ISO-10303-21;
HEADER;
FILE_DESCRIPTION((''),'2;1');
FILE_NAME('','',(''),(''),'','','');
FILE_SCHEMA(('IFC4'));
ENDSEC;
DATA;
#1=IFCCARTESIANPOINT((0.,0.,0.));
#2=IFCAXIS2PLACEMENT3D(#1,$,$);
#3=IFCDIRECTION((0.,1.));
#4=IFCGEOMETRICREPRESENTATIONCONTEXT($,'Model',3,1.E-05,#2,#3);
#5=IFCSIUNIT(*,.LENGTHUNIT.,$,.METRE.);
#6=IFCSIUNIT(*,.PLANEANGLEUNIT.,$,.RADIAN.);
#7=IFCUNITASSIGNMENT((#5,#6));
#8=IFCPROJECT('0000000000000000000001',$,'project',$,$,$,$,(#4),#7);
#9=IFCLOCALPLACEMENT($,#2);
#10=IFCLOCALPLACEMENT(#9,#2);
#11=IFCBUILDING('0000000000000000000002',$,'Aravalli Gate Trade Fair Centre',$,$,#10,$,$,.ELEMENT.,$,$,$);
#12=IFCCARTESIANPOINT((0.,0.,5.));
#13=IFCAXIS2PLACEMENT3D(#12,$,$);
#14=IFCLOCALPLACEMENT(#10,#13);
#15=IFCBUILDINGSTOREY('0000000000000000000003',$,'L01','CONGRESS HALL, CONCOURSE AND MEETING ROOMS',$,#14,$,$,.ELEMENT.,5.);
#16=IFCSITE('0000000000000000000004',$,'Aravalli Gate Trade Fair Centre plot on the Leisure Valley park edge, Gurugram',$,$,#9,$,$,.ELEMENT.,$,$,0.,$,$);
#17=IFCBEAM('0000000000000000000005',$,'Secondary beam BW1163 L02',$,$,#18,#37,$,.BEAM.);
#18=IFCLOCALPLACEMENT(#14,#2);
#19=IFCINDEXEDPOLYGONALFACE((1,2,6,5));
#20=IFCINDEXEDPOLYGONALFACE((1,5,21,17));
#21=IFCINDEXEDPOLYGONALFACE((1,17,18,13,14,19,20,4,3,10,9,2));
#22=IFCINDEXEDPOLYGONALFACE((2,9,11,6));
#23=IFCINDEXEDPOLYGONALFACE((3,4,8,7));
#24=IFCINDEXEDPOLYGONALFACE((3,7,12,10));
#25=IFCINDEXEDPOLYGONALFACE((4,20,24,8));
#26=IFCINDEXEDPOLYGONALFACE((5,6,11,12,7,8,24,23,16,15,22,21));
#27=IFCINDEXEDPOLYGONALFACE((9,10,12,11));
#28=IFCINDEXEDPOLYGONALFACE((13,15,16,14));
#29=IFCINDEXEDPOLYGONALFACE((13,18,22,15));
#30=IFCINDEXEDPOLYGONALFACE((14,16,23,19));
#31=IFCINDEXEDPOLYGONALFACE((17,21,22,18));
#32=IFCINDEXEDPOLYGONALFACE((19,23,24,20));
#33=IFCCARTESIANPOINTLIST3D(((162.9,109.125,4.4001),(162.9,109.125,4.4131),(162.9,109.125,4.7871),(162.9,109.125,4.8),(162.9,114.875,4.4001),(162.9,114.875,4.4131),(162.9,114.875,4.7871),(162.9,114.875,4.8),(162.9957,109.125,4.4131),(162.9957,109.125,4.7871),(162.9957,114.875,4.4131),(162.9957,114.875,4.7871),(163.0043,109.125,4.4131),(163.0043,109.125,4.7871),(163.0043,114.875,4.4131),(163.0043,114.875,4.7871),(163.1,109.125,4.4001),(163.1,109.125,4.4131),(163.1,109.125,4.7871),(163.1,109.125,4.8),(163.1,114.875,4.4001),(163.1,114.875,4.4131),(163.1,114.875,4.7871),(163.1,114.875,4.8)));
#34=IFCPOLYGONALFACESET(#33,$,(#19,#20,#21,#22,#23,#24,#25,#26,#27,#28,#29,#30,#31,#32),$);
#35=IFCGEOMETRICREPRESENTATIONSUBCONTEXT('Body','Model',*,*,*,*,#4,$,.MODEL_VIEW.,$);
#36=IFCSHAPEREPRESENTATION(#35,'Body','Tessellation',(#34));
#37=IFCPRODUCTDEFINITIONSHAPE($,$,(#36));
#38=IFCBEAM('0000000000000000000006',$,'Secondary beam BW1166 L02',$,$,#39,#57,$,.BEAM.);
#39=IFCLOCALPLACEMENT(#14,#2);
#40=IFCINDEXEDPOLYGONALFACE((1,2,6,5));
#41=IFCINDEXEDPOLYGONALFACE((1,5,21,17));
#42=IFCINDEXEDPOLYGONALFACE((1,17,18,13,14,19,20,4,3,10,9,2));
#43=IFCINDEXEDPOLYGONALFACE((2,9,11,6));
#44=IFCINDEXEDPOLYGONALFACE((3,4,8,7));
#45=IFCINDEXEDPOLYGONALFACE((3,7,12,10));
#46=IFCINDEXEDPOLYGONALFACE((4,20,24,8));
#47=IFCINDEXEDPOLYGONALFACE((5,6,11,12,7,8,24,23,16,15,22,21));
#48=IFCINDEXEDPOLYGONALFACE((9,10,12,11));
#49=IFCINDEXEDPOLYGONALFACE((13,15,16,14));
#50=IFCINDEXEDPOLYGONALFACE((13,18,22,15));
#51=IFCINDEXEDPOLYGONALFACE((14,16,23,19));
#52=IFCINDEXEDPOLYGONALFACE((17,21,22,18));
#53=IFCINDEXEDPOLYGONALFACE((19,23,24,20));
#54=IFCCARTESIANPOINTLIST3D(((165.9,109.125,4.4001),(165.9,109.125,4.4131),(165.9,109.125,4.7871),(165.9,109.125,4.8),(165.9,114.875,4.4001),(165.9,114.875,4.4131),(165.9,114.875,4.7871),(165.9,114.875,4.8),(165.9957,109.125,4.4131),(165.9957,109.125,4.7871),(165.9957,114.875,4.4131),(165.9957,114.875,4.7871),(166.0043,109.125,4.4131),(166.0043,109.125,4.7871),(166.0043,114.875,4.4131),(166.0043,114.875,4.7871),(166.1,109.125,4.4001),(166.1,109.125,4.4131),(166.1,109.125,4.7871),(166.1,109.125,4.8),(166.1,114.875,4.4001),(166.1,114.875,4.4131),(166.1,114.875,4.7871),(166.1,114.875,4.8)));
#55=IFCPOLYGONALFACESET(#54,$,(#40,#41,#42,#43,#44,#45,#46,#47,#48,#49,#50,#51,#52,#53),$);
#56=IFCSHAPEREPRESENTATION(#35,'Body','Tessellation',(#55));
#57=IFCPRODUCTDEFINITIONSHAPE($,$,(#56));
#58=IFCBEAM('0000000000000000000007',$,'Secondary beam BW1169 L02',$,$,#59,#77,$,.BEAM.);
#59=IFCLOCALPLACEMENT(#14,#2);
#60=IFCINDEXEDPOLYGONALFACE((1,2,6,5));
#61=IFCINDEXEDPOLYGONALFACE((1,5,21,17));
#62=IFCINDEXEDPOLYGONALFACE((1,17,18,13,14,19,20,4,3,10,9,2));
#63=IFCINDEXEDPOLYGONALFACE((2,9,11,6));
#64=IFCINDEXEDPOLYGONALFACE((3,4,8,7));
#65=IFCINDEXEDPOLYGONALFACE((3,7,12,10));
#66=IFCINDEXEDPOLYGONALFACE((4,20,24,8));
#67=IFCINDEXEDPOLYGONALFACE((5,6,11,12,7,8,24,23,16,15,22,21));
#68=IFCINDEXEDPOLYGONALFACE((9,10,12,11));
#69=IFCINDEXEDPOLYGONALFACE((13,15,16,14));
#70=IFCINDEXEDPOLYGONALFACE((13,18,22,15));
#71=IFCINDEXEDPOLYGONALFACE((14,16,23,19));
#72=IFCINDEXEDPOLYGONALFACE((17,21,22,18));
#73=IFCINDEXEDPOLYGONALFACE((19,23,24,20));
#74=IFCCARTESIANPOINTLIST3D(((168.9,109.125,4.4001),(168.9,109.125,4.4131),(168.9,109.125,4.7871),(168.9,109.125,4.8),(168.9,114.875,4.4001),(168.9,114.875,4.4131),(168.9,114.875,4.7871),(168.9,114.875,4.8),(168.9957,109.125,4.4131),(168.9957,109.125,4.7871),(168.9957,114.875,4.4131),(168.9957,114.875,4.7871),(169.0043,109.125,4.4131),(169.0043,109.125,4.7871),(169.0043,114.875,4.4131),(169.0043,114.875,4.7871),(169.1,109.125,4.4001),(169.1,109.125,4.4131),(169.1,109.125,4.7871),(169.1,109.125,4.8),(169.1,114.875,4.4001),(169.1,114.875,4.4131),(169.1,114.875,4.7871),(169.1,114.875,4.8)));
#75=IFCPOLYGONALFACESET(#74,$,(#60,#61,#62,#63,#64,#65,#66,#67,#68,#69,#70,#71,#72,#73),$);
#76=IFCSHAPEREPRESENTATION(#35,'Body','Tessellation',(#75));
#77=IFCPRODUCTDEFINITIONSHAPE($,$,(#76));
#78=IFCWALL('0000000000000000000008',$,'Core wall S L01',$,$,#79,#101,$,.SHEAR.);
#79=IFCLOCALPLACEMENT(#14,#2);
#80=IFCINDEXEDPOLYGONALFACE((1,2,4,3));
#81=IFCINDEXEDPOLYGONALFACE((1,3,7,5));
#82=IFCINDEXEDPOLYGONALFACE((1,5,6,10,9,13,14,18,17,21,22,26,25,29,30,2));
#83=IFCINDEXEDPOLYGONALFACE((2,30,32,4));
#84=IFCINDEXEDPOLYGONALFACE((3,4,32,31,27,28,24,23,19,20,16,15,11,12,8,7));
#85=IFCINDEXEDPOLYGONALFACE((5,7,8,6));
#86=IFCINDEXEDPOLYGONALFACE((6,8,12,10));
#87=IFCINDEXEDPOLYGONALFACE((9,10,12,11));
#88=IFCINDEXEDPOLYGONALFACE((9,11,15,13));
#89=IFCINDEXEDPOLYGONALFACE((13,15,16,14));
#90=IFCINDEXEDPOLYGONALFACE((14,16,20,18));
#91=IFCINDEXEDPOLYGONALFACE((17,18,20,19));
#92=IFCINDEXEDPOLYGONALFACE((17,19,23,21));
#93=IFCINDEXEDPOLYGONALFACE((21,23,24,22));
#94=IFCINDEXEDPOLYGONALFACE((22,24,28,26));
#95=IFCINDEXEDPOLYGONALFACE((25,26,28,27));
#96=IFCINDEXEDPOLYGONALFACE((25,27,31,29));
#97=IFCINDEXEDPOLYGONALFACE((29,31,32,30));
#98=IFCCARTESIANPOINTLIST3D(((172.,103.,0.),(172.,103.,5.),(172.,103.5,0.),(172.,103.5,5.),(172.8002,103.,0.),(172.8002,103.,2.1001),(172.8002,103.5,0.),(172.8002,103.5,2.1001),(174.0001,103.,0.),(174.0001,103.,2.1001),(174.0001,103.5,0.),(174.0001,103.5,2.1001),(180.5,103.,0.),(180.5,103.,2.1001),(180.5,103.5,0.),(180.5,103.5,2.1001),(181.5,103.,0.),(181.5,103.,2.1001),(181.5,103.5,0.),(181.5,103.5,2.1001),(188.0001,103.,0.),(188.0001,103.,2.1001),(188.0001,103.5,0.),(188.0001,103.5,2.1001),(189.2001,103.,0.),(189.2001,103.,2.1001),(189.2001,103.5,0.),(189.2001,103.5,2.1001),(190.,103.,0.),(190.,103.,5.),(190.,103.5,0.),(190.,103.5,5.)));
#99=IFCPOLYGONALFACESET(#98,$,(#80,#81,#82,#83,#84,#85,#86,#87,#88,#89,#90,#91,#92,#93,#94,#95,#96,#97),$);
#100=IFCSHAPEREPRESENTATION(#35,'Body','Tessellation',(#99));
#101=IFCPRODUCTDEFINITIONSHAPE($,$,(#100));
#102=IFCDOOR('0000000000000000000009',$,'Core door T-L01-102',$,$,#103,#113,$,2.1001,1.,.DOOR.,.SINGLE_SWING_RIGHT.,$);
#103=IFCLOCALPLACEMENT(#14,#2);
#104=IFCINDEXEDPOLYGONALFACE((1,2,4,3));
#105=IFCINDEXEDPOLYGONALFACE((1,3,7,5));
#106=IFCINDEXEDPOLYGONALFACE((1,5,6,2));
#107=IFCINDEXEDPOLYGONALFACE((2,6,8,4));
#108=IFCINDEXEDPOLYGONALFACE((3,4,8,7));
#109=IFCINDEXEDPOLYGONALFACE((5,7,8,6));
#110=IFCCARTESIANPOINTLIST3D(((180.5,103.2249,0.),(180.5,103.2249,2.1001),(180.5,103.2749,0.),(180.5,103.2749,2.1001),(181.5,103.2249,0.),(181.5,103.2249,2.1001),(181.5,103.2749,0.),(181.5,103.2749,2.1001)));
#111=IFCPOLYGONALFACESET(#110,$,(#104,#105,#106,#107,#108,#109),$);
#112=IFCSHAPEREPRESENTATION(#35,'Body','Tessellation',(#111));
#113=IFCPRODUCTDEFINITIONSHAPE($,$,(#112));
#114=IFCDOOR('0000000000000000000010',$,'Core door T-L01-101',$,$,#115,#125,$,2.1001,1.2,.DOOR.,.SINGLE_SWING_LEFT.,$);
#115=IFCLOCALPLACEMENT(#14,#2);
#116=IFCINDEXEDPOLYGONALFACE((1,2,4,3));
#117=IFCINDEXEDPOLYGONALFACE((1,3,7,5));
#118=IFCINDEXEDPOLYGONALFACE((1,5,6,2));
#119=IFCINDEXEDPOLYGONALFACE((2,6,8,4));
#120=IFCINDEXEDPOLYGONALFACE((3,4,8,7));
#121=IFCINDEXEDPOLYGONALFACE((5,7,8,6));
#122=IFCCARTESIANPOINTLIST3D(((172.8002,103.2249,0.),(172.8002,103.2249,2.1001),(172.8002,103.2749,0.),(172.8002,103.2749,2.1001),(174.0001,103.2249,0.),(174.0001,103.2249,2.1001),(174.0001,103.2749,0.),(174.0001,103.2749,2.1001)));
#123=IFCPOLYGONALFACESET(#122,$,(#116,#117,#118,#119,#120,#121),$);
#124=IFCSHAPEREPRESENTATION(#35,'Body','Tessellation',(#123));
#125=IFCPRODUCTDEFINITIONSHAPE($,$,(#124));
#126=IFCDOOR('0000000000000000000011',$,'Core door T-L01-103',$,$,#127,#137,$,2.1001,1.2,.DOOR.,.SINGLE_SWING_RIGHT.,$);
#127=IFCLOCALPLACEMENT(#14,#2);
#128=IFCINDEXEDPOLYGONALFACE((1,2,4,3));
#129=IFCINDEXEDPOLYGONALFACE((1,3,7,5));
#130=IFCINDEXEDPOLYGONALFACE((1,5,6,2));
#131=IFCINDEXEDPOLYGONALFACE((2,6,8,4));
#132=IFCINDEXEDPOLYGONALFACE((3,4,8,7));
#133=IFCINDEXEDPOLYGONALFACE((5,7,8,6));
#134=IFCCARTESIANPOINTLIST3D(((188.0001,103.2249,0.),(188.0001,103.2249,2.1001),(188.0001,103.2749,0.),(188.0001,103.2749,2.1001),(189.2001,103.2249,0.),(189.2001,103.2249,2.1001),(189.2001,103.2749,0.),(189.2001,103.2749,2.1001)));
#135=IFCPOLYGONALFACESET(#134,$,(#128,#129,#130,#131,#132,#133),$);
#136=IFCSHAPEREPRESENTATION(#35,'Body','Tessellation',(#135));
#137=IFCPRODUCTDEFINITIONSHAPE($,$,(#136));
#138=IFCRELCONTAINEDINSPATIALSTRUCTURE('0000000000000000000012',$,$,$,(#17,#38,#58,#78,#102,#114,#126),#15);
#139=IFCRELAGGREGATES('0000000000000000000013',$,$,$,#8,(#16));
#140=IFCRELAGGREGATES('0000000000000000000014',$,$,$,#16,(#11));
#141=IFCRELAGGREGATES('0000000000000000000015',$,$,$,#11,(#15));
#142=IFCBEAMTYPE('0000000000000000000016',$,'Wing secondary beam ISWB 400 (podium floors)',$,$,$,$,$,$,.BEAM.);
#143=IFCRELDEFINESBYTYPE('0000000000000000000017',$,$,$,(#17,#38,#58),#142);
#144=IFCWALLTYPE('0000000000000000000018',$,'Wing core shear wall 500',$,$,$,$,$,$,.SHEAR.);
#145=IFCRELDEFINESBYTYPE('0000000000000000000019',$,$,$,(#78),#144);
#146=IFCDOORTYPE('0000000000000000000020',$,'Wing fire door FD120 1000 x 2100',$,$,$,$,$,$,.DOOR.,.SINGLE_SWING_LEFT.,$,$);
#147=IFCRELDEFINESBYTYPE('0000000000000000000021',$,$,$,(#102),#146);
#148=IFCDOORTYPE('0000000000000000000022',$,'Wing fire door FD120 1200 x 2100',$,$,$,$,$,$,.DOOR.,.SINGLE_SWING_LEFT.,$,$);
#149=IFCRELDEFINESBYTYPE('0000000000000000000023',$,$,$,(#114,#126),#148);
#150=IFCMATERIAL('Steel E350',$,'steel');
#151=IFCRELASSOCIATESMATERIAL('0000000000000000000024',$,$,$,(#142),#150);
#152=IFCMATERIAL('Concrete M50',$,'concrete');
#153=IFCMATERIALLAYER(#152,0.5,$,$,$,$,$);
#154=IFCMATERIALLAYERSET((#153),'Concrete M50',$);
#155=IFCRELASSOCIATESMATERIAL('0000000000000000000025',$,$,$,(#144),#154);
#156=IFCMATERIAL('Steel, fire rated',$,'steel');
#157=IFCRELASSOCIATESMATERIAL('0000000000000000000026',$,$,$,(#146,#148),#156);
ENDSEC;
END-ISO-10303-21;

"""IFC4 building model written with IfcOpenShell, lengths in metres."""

from ifc_helpers import new_model, si_unit, direction, frame, frame_2d, origin, origin_2d, place, context, subcontext, project, spatial, rectangle, i_section, extrude, material, layer, layer_set, material_profile, profile_set, type_object, element, fill, save


model = new_model("IFC4")

# Units and contexts
model_context = context("Model", 3, precision=1e-05, world=origin(), true_north=direction((0.0, 1.0)))
body_context = subcontext(model_context, "Body", "Model", "MODEL_VIEW")
ifc_project = project(units=[si_unit("LENGTHUNIT", "METRE"), si_unit("PLANEANGLEUNIT", "RADIAN")], contexts=[model_context])

# Site, building, storey
site_placement = place(None, origin())
site = spatial("IfcSite", under=ifc_project, at=site_placement, Name="Aravalli Gate Trade Fair Centre plot on the Leisure Valley park edge, Gurugram", CompositionType="ELEMENT", RefElevation=0.0)
building_placement = place(site_placement, origin())
building = spatial("IfcBuilding", under=site, at=building_placement, Name="Aravalli Gate Trade Fair Centre", CompositionType="ELEMENT")
storey_placement = place(building_placement, frame((0.0, 0.0, 5.0)))
storey = spatial("IfcBuildingStorey", under=building, at=storey_placement, Name="L01", Description="CONGRESS HALL, CONCOURSE AND MEETING ROOMS", CompositionType="ELEMENT", Elevation=5.0)

# Shared definitions
ifc_material_1 = material(Name="Concrete M50", Category="concrete")
ifc_material_2 = material(Name="Steel E350", Category="steel")

# Beams
ifc_material_profile_1 = material_profile(ifc_material_2, i_section(OverallWidth=0.2, OverallDepth=0.3999, WebThickness=0.0085, FlangeThickness=0.0129, at=origin_2d()), Name="ISWB 400")
ifc_profile_set_1 = profile_set([ifc_material_profile_1], Name="Steel E350")
beam_type_1 = type_object("IfcBeamType", Name="Wing secondary beam ISWB 400 (podium floors)", PredefinedType="BEAM", material=ifc_profile_set_1)
for number, where, z_axis, x_axis, name in (
    (1, (163.0, 109.125, 4.6001), (0.0, 1.0, 0.0), (-1.0, 0.0, 0.0), "Secondary beam BW1163 L02"),
    (2, (166.0, 109.125, 4.6001), (0.0, 1.0, 0.0), (-1.0, 0.0, 0.0), "Secondary beam BW1166 L02"),
    (3, (169.0, 109.125, 4.6001), (0.0, 1.0, 0.0), (-1.0, 0.0, 0.0), "Secondary beam BW1169 L02"),
):
    element("IfcBeam", number, at=place(storey_placement, frame(where, z_axis=z_axis, x_axis=x_axis)), inside=storey, type_object=beam_type_1, Name=name, PredefinedType="BEAM", context=body_context, shape_type="SweptSolid", body=[
        extrude(i_section(OverallWidth=0.2, OverallDepth=0.3999, WebThickness=0.0085, FlangeThickness=0.0129, at=origin_2d()), origin(), (0.0, 0.0, 1.0), 5.75),
    ])

# Wall, openings, doors
ifc_layer_1 = layer(ifc_material_1, 0.5)
ifc_layer_set_1 = layer_set([ifc_layer_1], Name="Concrete M50")
wall_type_1 = type_object("IfcWallType", Name="Wing core shear wall 500", PredefinedType="SHEAR", material=ifc_layer_set_1)
wall_1_placement = place(storey_placement, frame((172.0, 103.25, 0.0), z_axis=(0.0, 0.0, 1.0), x_axis=(1.0, 0.0, 0.0)))
wall_1 = element("IfcWall", 4, at=wall_1_placement, inside=storey, type_object=wall_type_1, Name="Core wall S L01", PredefinedType="SHEAR", context=body_context, shape_type="SweptSolid", body=[
    extrude(rectangle(XDim=18.0, YDim=0.5, at=frame_2d((9.0, 0.0))), origin(), (0.0, 0.0, 1.0), 5.0),
])
opening_1_placement = place(wall_1_placement, frame((8.5, 0.0, 0.0)))
opening_1 = element("IfcOpeningElement", 5, at=opening_1_placement, cuts=wall_1, PredefinedType="OPENING", context=body_context, shape_type="SweptSolid", body=[
    extrude(rectangle(XDim=1.0, YDim=2.1001, at=frame_2d((0.5, 1.05))), frame((0.0, 0.26, 0.0), z_axis=(0.0, -1.0, 0.0), x_axis=(1.0, 0.0, 0.0)), (0.0, 0.0, 1.0), 0.52),
])
opening_2_placement = place(wall_1_placement, frame((0.8, 0.0, 0.0)))
opening_2 = element("IfcOpeningElement", 6, at=opening_2_placement, cuts=wall_1, PredefinedType="OPENING", context=body_context, shape_type="SweptSolid", body=[
    extrude(rectangle(XDim=1.2, YDim=2.1001, at=frame_2d((0.6001, 1.05))), frame((0.0, 0.26, 0.0), z_axis=(0.0, -1.0, 0.0), x_axis=(1.0, 0.0, 0.0)), (0.0, 0.0, 1.0), 0.52),
])
opening_3_placement = place(wall_1_placement, frame((16.0, 0.0, 0.0)))
opening_3 = element("IfcOpeningElement", 7, at=opening_3_placement, cuts=wall_1, PredefinedType="OPENING", context=body_context, shape_type="SweptSolid", body=[
    extrude(rectangle(XDim=1.2, YDim=2.1001, at=frame_2d((0.6001, 1.05))), frame((0.0, 0.26, 0.0), z_axis=(0.0, -1.0, 0.0), x_axis=(1.0, 0.0, 0.0)), (0.0, 0.0, 1.0), 0.52),
])
ifc_material_3 = material(Name="Steel, fire rated", Category="steel")
door_type_1 = type_object("IfcDoorType", Name="Wing fire door FD120 1000 x 2100", OperationType="SINGLE_SWING_LEFT", PredefinedType="DOOR", material=ifc_material_3)
door_1_placement = place(opening_1_placement, origin())
door_1 = element("IfcDoor", 8, at=door_1_placement, inside=storey, type_object=door_type_1, Name="Core door T-L01-102", OperationType="SINGLE_SWING_RIGHT", OverallHeight=2.1001, OverallWidth=1.0, PredefinedType="DOOR", context=body_context, shape_type="SweptSolid", body=[
    extrude(rectangle(XDim=1.0, YDim=2.1001, at=frame_2d((0.5, 1.05))), frame((0.0, 0.0249, 0.0), z_axis=(0.0, -1.0, 0.0), x_axis=(1.0, 0.0, 0.0)), (0.0, 0.0, 1.0), 0.05),
])
fill(opening_1, door_1)
door_type_2 = type_object("IfcDoorType", Name="Wing fire door FD120 1200 x 2100", OperationType="SINGLE_SWING_LEFT", PredefinedType="DOOR", material=ifc_material_3)
door_2_placement = place(opening_2_placement, origin())
door_2 = element("IfcDoor", 9, at=door_2_placement, inside=storey, type_object=door_type_2, Name="Core door T-L01-101", OperationType="SINGLE_SWING_LEFT", OverallHeight=2.1001, OverallWidth=1.2, PredefinedType="DOOR", context=body_context, shape_type="SweptSolid", body=[
    extrude(rectangle(XDim=1.2, YDim=2.1001, at=frame_2d((0.6001, 1.05))), frame((0.0, 0.0249, 0.0), z_axis=(0.0, -1.0, 0.0), x_axis=(1.0, 0.0, 0.0)), (0.0, 0.0, 1.0), 0.05),
])
fill(opening_2, door_2)
door_3_placement = place(opening_3_placement, origin())
door_3 = element("IfcDoor", 10, at=door_3_placement, inside=storey, type_object=door_type_2, Name="Core door T-L01-103", OperationType="SINGLE_SWING_RIGHT", OverallHeight=2.1001, OverallWidth=1.2, PredefinedType="DOOR", context=body_context, shape_type="SweptSolid", body=[
    extrude(rectangle(XDim=1.2, YDim=2.1001, at=frame_2d((0.6001, 1.05))), frame((0.0, 0.0249, 0.0), z_axis=(0.0, -1.0, 0.0), x_axis=(1.0, 0.0, 0.0)), (0.0, 0.0, 1.0), 0.05),
])
fill(opening_3, door_3)

save(model, "model.ifc")
